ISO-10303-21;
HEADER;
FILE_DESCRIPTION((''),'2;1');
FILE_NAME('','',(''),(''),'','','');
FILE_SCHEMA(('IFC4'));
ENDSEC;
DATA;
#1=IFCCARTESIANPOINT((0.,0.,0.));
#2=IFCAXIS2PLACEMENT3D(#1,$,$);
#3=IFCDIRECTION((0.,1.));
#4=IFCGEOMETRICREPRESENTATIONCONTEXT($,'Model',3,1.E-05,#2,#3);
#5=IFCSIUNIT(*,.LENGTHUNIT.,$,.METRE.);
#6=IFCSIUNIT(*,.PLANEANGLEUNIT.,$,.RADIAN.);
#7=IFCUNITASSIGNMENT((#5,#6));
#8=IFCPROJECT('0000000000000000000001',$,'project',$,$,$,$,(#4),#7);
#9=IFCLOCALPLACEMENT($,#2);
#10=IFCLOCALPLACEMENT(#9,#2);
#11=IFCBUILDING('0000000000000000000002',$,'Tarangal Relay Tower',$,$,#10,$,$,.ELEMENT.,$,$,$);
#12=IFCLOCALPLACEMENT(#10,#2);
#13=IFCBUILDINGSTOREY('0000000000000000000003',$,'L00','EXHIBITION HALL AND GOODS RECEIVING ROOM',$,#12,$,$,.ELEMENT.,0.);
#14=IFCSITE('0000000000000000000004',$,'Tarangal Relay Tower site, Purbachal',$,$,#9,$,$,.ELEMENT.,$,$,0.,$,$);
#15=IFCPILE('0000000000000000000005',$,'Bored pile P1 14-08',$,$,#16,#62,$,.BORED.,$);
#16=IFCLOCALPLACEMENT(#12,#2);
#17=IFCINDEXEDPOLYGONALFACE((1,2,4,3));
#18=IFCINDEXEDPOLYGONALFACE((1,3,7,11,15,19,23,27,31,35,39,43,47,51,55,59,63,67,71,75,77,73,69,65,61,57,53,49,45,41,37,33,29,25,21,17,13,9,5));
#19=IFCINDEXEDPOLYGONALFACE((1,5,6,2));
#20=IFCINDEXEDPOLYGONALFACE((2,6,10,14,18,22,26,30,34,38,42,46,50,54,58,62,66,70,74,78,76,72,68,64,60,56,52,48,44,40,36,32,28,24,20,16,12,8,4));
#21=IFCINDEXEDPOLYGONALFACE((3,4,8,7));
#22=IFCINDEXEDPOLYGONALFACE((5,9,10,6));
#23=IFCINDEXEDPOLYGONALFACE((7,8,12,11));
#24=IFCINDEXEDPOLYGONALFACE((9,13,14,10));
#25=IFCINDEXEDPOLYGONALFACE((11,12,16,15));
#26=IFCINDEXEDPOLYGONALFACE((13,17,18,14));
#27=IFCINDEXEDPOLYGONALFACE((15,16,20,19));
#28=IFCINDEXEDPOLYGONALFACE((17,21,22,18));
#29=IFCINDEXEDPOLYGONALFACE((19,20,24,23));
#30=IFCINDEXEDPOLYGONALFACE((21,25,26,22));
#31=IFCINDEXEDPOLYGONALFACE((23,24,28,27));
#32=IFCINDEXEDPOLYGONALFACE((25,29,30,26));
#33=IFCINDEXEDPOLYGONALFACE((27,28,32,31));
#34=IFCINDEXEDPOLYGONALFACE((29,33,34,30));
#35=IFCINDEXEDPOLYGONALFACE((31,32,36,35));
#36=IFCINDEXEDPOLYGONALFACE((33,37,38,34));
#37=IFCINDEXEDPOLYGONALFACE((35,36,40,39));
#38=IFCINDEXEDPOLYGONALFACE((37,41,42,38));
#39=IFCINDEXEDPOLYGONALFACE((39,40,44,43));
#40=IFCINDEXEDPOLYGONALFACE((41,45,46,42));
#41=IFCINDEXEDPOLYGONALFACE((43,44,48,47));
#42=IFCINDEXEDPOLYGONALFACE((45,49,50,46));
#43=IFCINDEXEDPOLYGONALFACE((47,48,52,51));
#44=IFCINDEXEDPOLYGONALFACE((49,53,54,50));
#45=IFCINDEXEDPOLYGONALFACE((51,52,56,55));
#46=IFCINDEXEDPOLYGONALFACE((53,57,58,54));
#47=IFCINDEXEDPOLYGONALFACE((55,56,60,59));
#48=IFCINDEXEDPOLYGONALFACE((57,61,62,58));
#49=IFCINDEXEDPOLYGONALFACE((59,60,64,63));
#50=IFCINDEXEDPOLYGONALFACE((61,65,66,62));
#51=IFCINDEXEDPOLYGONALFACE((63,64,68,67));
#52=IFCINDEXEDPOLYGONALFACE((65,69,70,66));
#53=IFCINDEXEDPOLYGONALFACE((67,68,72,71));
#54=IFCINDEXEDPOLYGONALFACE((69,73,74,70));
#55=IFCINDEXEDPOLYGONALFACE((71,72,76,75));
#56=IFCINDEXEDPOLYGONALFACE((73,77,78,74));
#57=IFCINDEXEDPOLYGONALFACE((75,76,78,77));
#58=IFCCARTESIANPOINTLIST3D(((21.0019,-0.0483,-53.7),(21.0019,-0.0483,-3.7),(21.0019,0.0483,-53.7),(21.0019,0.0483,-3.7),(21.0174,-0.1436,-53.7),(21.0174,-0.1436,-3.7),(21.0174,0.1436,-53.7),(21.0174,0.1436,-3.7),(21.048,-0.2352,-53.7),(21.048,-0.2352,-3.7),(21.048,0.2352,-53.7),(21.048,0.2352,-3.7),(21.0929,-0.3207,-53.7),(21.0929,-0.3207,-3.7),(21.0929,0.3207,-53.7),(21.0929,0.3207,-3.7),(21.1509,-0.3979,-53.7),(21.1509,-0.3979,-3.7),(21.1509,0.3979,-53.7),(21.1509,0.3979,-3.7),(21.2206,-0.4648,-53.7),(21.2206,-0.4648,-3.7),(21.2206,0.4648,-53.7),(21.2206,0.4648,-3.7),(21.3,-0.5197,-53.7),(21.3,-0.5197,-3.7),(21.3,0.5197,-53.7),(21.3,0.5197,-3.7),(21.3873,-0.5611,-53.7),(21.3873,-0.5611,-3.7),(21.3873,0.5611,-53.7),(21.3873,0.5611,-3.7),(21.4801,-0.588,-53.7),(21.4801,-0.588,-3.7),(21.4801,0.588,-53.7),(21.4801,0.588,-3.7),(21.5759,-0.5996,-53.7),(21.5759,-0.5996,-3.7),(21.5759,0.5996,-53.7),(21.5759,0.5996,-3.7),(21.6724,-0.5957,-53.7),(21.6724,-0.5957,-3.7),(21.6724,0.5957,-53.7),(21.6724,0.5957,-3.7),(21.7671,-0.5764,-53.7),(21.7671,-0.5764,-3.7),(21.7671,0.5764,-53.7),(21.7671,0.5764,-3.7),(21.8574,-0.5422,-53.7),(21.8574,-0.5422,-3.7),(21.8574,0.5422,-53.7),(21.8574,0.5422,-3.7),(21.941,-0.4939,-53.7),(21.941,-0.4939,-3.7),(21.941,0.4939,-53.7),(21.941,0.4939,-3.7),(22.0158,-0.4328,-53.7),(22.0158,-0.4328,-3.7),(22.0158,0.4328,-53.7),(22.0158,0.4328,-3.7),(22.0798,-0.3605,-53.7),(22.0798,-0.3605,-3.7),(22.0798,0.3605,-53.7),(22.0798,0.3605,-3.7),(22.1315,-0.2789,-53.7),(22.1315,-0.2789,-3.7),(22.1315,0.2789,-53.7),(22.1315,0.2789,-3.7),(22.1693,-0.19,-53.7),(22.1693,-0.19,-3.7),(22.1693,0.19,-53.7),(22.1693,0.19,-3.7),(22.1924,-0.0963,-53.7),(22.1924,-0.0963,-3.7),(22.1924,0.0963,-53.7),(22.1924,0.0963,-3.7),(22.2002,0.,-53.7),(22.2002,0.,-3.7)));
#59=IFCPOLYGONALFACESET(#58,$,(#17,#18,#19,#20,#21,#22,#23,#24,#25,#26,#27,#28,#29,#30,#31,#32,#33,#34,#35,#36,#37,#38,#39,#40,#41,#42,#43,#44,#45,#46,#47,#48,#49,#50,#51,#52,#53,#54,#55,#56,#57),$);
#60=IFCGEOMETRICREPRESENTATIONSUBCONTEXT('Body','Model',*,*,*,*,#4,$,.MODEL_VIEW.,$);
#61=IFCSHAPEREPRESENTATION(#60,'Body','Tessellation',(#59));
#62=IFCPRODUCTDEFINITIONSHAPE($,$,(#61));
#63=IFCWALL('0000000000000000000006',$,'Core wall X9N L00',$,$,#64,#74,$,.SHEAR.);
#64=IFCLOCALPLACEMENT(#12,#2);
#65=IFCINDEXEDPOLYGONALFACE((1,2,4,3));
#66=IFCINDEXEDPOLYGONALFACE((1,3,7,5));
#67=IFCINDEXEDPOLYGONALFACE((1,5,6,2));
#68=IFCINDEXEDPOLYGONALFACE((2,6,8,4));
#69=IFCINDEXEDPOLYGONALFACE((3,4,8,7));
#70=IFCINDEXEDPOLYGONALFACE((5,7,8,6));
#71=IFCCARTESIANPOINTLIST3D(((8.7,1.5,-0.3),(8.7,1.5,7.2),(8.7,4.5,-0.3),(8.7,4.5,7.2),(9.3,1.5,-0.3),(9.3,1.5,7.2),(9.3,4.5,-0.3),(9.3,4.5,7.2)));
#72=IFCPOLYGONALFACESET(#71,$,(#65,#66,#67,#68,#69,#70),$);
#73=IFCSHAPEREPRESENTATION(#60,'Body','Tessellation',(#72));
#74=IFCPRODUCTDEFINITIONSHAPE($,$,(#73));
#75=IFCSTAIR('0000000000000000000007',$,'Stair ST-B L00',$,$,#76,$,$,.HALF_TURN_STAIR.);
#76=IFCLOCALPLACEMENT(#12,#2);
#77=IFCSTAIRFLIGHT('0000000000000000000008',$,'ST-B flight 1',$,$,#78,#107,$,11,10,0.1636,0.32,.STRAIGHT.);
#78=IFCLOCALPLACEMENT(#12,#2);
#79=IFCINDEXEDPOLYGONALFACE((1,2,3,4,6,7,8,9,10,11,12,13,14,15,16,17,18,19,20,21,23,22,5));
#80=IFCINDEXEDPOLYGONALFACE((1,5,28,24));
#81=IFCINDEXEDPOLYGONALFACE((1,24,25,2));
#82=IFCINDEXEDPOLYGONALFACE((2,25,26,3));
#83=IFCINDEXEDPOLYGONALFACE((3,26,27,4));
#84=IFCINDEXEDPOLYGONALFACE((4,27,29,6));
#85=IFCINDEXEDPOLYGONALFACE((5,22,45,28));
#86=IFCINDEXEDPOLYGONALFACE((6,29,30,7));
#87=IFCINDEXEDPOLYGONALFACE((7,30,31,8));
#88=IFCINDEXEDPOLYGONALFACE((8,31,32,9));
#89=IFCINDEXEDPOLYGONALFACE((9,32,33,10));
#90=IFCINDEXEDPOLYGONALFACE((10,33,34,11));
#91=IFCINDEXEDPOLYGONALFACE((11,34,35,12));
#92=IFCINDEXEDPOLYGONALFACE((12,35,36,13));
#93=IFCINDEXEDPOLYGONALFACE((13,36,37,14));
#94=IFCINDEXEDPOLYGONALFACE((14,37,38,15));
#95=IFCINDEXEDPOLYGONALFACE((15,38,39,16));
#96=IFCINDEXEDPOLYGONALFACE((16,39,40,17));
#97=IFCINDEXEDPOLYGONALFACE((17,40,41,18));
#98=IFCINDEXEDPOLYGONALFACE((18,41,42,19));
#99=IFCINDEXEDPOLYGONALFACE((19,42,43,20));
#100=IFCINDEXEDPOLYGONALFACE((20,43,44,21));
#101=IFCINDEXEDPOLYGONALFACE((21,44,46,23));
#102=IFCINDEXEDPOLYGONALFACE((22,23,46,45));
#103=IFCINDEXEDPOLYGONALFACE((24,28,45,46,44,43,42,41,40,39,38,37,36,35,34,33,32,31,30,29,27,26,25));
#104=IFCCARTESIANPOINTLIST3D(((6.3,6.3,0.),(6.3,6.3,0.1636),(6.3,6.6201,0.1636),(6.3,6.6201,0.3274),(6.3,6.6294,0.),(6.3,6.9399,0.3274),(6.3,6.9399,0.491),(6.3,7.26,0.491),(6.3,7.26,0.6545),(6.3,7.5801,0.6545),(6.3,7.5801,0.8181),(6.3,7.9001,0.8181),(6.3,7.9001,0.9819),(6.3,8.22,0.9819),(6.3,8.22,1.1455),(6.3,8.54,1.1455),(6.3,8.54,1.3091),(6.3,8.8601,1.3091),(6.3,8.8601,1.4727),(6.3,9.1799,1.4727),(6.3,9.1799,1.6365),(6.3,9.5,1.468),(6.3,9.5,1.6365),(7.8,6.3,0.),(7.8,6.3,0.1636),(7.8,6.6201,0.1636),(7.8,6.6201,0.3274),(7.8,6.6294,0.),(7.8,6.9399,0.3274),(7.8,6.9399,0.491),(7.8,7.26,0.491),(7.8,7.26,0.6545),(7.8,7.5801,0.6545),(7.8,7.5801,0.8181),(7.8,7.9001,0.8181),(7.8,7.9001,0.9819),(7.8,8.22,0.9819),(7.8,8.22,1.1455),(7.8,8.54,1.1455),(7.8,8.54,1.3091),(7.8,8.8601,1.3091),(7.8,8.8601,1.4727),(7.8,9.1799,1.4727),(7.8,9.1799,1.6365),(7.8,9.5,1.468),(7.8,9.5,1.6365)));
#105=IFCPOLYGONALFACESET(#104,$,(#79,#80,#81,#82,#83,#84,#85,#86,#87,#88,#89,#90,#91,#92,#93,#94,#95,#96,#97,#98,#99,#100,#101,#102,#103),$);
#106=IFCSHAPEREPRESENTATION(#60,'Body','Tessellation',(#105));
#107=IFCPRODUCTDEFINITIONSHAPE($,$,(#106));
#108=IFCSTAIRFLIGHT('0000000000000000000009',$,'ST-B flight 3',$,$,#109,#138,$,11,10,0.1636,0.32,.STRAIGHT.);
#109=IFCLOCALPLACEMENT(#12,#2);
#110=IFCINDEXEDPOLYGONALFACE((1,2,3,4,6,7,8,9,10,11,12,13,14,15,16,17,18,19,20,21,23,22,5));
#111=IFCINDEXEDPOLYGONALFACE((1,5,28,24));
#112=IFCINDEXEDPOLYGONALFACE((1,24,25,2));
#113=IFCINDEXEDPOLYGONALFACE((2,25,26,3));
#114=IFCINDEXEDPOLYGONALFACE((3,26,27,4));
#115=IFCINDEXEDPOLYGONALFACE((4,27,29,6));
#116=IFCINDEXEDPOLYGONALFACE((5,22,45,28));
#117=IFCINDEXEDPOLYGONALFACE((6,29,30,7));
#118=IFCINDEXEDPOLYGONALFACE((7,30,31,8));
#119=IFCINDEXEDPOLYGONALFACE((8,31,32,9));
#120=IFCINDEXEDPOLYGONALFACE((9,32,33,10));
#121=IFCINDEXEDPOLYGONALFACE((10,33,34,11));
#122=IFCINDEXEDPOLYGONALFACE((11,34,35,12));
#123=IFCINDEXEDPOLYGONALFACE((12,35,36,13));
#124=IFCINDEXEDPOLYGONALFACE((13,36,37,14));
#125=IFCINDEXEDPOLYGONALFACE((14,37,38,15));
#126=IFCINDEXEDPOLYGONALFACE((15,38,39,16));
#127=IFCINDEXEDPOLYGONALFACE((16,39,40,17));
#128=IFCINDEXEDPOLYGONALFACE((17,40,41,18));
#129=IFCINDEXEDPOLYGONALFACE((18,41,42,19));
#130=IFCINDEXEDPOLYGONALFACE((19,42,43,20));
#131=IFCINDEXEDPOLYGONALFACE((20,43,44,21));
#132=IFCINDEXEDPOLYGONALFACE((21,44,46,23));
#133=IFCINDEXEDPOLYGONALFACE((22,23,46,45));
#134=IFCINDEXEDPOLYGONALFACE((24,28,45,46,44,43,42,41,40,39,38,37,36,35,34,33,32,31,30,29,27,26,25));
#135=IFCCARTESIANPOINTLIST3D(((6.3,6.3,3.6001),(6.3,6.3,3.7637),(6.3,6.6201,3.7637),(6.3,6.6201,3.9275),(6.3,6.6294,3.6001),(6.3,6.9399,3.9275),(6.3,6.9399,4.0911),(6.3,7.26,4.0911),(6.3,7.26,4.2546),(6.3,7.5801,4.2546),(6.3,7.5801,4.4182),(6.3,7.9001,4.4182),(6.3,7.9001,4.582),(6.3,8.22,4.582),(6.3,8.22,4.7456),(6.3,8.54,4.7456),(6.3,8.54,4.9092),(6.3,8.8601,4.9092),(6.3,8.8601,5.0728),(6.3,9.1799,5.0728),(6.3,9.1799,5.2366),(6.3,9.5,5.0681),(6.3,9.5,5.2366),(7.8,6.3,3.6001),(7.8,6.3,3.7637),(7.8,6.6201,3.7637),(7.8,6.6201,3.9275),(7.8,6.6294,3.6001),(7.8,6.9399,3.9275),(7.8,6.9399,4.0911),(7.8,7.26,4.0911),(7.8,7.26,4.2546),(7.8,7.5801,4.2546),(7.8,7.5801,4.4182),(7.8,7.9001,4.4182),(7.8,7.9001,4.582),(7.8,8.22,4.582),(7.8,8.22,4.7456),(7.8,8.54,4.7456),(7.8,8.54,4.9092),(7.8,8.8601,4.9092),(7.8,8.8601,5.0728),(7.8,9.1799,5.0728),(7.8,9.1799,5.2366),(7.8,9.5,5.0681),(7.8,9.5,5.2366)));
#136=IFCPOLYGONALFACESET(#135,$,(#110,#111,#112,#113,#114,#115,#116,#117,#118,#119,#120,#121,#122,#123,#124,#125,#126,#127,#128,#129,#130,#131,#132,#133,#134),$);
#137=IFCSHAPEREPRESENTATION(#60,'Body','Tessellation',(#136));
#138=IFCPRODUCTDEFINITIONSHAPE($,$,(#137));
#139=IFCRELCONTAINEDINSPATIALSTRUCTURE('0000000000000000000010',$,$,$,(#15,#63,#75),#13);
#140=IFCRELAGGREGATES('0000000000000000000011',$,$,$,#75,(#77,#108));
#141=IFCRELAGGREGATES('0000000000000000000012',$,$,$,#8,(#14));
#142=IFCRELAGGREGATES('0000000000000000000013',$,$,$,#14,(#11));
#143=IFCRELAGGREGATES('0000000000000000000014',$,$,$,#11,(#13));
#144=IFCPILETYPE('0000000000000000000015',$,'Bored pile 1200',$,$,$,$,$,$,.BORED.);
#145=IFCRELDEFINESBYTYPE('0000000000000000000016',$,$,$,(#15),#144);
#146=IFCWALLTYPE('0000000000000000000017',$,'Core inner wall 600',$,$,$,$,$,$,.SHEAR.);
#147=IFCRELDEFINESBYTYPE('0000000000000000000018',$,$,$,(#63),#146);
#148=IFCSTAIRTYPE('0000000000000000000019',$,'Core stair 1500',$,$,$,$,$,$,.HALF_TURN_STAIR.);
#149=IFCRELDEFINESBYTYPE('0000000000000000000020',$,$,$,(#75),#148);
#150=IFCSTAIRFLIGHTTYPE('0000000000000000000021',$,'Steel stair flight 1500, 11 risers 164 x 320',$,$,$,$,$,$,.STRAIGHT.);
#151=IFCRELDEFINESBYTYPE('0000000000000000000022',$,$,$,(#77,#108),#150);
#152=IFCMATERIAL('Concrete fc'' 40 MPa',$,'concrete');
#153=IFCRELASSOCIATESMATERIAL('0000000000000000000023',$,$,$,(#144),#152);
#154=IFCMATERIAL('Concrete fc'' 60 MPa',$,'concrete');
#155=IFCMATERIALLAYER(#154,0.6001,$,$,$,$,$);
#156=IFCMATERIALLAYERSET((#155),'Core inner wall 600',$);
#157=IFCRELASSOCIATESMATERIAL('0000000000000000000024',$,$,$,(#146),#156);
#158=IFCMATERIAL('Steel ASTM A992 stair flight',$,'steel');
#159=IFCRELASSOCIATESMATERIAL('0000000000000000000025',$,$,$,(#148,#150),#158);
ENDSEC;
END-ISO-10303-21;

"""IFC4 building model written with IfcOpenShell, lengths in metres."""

from ifc_helpers import new_model, si_unit, direction, frame, frame_2d, origin, origin_2d, place, context, subcontext, project, spatial, polyline, rectangle, circle, outline, extrude, material, layer, layer_set, material_profile, profile_set, type_object, element, aggregate, save


model = new_model("IFC4")

# Units and contexts
model_context = context("Model", 3, precision=1e-05, world=origin(), true_north=direction((0.0, 1.0)))
body_context = subcontext(model_context, "Body", "Model", "MODEL_VIEW")
ifc_project = project(units=[si_unit("LENGTHUNIT", "METRE"), si_unit("PLANEANGLEUNIT", "RADIAN")], contexts=[model_context])

# Site, building, storey
site_placement = place(None, origin())
site = spatial("IfcSite", under=ifc_project, at=site_placement, Name="Tarangal Relay Tower site, Purbachal", CompositionType="ELEMENT", RefElevation=0.0)
building_placement = place(site_placement, origin())
building = spatial("IfcBuilding", under=site, at=building_placement, Name="Tarangal Relay Tower", CompositionType="ELEMENT")
storey_placement = place(building_placement, origin())
storey = spatial("IfcBuildingStorey", under=building, at=storey_placement, Name="L00", Description="EXHIBITION HALL AND GOODS RECEIVING ROOM", CompositionType="ELEMENT", Elevation=0.0)

# Pile
ifc_material_1 = material(Name="Concrete fc' 40 MPa", Category="concrete")
ifc_material_profile = material_profile(ifc_material_1, circle(Radius=0.6001, at=origin_2d()), Name="D1200")
ifc_profile_set = profile_set([ifc_material_profile], Name="Concrete fc' 40 MPa")
pile_type = type_object("IfcPileType", Name="Bored pile 1200", PredefinedType="BORED", material=ifc_profile_set)
for number, where, z_axis, x_axis, name in (
    (1, (21.6001, 0.0, -3.7), (0.0, 0.0, -1.0), (1.0, 0.0, 0.0), "Bored pile P1 14-08"),
):
    element("IfcPile", number, at=place(storey_placement, frame(where, z_axis=z_axis, x_axis=x_axis)), inside=storey, type_object=pile_type, Name=name, PredefinedType="BORED", context=body_context, shape_type="SweptSolid", body=[
        extrude(circle(Radius=0.6001, at=origin_2d()), origin(), (0.0, 0.0, 1.0), 50.0),
    ])

# Wall
ifc_material_2 = material(Name="Concrete fc' 60 MPa", Category="concrete")
ifc_layer = layer(ifc_material_2, 0.6001)
ifc_layer_set = layer_set([ifc_layer], Name="Core inner wall 600")
wall_type = type_object("IfcWallType", Name="Core inner wall 600", PredefinedType="SHEAR", material=ifc_layer_set)
wall_placement = place(storey_placement, frame((9.0, 1.5, -0.3), z_axis=(0.0, 0.0, 1.0), x_axis=(0.0, 1.0, 0.0)))
element("IfcWall", 2, at=wall_placement, inside=storey, type_object=wall_type, Name="Core wall X9N L00", PredefinedType="SHEAR", context=body_context, shape_type="SweptSolid", body=[
    extrude(rectangle(XDim=3.0, YDim=0.6001, at=frame_2d((1.5, 0.0))), origin(), (0.0, 0.0, 1.0), 7.5),
])

# Stair, stair flights
ifc_material_3 = material(Name="Steel ASTM A992 stair flight", Category="steel")
stair_type = type_object("IfcStairType", Name="Core stair 1500", PredefinedType="HALF_TURN_STAIR", material=ifc_material_3)
stair_placement = place(storey_placement, origin())
stair = element("IfcStair", 3, at=stair_placement, inside=storey, type_object=stair_type, Name="Stair ST-B L00", PredefinedType="HALF_TURN_STAIR")
stair_flight_type = type_object("IfcStairFlightType", Name="Steel stair flight 1500, 11 risers 164 x 320", PredefinedType="STRAIGHT", material=ifc_material_3)
stair_flight_1_placement = place(storey_placement, frame((7.05, 6.3, 0.0), z_axis=(0.0, 0.0, 1.0), x_axis=(0.0, 1.0, 0.0)))
stair_flight_1 = element("IfcStairFlight", 4, at=stair_flight_1_placement, type_object=stair_flight_type, Name="ST-B flight 1", NumberOfRisers=11, NumberOfTreads=10, PredefinedType="STRAIGHT", RiserHeight=0.1636, TreadLength=0.32, context=body_context, shape_type="SweptSolid", body=[
    extrude(outline(polyline([(0.0, 0.0), (0.0, 0.1636), (0.3201, 0.1636), (0.3201, 0.3274), (0.6399, 0.3274), (0.6399, 0.491), (0.96, 0.491), (0.96, 0.6545), (1.28, 0.6545), (1.28, 0.8181), (1.6001, 0.8181), (1.6001, 0.9819), (1.9199, 0.9819), (1.9199, 1.1455), (2.24, 1.1455), (2.24, 1.3091), (2.5601, 1.3091), (2.5601, 1.4727), (2.8799, 1.4727), (2.8799, 1.6365), (3.2, 1.6365), (3.2, 1.8), (3.2, 1.468), (0.3293, 0.0), (0.0, 0.0)])), frame((0.0, 0.75, 0.0), z_axis=(0.0, -1.0, 0.0), x_axis=(1.0, 0.0, 0.0)), (0.0, 0.0, 1.0), 1.5),
])
stair_flight_2_placement = place(storey_placement, frame((7.05, 6.3, 3.6001), z_axis=(0.0, 0.0, 1.0), x_axis=(0.0, 1.0, 0.0)))
stair_flight_2 = element("IfcStairFlight", 5, at=stair_flight_2_placement, type_object=stair_flight_type, Name="ST-B flight 3", NumberOfRisers=11, NumberOfTreads=10, PredefinedType="STRAIGHT", RiserHeight=0.1636, TreadLength=0.32, context=body_context, shape_type="SweptSolid", body=[
    extrude(outline(polyline([(0.0, 0.0), (0.0, 0.1636), (0.3201, 0.1636), (0.3201, 0.3274), (0.6399, 0.3274), (0.6399, 0.491), (0.96, 0.491), (0.96, 0.6545), (1.28, 0.6545), (1.28, 0.8181), (1.6001, 0.8181), (1.6001, 0.9819), (1.9199, 0.9819), (1.9199, 1.1455), (2.24, 1.1455), (2.24, 1.3091), (2.5601, 1.3091), (2.5601, 1.4727), (2.8799, 1.4727), (2.8799, 1.6365), (3.2, 1.6365), (3.2, 1.8), (3.2, 1.468), (0.3293, 0.0), (0.0, 0.0)])), frame((0.0, 0.75, 0.0), z_axis=(0.0, -1.0, 0.0), x_axis=(1.0, 0.0, 0.0)), (0.0, 0.0, 1.0), 1.5),
])
aggregate(stair, [stair_flight_1, stair_flight_2])

save(model, "model.ifc")
